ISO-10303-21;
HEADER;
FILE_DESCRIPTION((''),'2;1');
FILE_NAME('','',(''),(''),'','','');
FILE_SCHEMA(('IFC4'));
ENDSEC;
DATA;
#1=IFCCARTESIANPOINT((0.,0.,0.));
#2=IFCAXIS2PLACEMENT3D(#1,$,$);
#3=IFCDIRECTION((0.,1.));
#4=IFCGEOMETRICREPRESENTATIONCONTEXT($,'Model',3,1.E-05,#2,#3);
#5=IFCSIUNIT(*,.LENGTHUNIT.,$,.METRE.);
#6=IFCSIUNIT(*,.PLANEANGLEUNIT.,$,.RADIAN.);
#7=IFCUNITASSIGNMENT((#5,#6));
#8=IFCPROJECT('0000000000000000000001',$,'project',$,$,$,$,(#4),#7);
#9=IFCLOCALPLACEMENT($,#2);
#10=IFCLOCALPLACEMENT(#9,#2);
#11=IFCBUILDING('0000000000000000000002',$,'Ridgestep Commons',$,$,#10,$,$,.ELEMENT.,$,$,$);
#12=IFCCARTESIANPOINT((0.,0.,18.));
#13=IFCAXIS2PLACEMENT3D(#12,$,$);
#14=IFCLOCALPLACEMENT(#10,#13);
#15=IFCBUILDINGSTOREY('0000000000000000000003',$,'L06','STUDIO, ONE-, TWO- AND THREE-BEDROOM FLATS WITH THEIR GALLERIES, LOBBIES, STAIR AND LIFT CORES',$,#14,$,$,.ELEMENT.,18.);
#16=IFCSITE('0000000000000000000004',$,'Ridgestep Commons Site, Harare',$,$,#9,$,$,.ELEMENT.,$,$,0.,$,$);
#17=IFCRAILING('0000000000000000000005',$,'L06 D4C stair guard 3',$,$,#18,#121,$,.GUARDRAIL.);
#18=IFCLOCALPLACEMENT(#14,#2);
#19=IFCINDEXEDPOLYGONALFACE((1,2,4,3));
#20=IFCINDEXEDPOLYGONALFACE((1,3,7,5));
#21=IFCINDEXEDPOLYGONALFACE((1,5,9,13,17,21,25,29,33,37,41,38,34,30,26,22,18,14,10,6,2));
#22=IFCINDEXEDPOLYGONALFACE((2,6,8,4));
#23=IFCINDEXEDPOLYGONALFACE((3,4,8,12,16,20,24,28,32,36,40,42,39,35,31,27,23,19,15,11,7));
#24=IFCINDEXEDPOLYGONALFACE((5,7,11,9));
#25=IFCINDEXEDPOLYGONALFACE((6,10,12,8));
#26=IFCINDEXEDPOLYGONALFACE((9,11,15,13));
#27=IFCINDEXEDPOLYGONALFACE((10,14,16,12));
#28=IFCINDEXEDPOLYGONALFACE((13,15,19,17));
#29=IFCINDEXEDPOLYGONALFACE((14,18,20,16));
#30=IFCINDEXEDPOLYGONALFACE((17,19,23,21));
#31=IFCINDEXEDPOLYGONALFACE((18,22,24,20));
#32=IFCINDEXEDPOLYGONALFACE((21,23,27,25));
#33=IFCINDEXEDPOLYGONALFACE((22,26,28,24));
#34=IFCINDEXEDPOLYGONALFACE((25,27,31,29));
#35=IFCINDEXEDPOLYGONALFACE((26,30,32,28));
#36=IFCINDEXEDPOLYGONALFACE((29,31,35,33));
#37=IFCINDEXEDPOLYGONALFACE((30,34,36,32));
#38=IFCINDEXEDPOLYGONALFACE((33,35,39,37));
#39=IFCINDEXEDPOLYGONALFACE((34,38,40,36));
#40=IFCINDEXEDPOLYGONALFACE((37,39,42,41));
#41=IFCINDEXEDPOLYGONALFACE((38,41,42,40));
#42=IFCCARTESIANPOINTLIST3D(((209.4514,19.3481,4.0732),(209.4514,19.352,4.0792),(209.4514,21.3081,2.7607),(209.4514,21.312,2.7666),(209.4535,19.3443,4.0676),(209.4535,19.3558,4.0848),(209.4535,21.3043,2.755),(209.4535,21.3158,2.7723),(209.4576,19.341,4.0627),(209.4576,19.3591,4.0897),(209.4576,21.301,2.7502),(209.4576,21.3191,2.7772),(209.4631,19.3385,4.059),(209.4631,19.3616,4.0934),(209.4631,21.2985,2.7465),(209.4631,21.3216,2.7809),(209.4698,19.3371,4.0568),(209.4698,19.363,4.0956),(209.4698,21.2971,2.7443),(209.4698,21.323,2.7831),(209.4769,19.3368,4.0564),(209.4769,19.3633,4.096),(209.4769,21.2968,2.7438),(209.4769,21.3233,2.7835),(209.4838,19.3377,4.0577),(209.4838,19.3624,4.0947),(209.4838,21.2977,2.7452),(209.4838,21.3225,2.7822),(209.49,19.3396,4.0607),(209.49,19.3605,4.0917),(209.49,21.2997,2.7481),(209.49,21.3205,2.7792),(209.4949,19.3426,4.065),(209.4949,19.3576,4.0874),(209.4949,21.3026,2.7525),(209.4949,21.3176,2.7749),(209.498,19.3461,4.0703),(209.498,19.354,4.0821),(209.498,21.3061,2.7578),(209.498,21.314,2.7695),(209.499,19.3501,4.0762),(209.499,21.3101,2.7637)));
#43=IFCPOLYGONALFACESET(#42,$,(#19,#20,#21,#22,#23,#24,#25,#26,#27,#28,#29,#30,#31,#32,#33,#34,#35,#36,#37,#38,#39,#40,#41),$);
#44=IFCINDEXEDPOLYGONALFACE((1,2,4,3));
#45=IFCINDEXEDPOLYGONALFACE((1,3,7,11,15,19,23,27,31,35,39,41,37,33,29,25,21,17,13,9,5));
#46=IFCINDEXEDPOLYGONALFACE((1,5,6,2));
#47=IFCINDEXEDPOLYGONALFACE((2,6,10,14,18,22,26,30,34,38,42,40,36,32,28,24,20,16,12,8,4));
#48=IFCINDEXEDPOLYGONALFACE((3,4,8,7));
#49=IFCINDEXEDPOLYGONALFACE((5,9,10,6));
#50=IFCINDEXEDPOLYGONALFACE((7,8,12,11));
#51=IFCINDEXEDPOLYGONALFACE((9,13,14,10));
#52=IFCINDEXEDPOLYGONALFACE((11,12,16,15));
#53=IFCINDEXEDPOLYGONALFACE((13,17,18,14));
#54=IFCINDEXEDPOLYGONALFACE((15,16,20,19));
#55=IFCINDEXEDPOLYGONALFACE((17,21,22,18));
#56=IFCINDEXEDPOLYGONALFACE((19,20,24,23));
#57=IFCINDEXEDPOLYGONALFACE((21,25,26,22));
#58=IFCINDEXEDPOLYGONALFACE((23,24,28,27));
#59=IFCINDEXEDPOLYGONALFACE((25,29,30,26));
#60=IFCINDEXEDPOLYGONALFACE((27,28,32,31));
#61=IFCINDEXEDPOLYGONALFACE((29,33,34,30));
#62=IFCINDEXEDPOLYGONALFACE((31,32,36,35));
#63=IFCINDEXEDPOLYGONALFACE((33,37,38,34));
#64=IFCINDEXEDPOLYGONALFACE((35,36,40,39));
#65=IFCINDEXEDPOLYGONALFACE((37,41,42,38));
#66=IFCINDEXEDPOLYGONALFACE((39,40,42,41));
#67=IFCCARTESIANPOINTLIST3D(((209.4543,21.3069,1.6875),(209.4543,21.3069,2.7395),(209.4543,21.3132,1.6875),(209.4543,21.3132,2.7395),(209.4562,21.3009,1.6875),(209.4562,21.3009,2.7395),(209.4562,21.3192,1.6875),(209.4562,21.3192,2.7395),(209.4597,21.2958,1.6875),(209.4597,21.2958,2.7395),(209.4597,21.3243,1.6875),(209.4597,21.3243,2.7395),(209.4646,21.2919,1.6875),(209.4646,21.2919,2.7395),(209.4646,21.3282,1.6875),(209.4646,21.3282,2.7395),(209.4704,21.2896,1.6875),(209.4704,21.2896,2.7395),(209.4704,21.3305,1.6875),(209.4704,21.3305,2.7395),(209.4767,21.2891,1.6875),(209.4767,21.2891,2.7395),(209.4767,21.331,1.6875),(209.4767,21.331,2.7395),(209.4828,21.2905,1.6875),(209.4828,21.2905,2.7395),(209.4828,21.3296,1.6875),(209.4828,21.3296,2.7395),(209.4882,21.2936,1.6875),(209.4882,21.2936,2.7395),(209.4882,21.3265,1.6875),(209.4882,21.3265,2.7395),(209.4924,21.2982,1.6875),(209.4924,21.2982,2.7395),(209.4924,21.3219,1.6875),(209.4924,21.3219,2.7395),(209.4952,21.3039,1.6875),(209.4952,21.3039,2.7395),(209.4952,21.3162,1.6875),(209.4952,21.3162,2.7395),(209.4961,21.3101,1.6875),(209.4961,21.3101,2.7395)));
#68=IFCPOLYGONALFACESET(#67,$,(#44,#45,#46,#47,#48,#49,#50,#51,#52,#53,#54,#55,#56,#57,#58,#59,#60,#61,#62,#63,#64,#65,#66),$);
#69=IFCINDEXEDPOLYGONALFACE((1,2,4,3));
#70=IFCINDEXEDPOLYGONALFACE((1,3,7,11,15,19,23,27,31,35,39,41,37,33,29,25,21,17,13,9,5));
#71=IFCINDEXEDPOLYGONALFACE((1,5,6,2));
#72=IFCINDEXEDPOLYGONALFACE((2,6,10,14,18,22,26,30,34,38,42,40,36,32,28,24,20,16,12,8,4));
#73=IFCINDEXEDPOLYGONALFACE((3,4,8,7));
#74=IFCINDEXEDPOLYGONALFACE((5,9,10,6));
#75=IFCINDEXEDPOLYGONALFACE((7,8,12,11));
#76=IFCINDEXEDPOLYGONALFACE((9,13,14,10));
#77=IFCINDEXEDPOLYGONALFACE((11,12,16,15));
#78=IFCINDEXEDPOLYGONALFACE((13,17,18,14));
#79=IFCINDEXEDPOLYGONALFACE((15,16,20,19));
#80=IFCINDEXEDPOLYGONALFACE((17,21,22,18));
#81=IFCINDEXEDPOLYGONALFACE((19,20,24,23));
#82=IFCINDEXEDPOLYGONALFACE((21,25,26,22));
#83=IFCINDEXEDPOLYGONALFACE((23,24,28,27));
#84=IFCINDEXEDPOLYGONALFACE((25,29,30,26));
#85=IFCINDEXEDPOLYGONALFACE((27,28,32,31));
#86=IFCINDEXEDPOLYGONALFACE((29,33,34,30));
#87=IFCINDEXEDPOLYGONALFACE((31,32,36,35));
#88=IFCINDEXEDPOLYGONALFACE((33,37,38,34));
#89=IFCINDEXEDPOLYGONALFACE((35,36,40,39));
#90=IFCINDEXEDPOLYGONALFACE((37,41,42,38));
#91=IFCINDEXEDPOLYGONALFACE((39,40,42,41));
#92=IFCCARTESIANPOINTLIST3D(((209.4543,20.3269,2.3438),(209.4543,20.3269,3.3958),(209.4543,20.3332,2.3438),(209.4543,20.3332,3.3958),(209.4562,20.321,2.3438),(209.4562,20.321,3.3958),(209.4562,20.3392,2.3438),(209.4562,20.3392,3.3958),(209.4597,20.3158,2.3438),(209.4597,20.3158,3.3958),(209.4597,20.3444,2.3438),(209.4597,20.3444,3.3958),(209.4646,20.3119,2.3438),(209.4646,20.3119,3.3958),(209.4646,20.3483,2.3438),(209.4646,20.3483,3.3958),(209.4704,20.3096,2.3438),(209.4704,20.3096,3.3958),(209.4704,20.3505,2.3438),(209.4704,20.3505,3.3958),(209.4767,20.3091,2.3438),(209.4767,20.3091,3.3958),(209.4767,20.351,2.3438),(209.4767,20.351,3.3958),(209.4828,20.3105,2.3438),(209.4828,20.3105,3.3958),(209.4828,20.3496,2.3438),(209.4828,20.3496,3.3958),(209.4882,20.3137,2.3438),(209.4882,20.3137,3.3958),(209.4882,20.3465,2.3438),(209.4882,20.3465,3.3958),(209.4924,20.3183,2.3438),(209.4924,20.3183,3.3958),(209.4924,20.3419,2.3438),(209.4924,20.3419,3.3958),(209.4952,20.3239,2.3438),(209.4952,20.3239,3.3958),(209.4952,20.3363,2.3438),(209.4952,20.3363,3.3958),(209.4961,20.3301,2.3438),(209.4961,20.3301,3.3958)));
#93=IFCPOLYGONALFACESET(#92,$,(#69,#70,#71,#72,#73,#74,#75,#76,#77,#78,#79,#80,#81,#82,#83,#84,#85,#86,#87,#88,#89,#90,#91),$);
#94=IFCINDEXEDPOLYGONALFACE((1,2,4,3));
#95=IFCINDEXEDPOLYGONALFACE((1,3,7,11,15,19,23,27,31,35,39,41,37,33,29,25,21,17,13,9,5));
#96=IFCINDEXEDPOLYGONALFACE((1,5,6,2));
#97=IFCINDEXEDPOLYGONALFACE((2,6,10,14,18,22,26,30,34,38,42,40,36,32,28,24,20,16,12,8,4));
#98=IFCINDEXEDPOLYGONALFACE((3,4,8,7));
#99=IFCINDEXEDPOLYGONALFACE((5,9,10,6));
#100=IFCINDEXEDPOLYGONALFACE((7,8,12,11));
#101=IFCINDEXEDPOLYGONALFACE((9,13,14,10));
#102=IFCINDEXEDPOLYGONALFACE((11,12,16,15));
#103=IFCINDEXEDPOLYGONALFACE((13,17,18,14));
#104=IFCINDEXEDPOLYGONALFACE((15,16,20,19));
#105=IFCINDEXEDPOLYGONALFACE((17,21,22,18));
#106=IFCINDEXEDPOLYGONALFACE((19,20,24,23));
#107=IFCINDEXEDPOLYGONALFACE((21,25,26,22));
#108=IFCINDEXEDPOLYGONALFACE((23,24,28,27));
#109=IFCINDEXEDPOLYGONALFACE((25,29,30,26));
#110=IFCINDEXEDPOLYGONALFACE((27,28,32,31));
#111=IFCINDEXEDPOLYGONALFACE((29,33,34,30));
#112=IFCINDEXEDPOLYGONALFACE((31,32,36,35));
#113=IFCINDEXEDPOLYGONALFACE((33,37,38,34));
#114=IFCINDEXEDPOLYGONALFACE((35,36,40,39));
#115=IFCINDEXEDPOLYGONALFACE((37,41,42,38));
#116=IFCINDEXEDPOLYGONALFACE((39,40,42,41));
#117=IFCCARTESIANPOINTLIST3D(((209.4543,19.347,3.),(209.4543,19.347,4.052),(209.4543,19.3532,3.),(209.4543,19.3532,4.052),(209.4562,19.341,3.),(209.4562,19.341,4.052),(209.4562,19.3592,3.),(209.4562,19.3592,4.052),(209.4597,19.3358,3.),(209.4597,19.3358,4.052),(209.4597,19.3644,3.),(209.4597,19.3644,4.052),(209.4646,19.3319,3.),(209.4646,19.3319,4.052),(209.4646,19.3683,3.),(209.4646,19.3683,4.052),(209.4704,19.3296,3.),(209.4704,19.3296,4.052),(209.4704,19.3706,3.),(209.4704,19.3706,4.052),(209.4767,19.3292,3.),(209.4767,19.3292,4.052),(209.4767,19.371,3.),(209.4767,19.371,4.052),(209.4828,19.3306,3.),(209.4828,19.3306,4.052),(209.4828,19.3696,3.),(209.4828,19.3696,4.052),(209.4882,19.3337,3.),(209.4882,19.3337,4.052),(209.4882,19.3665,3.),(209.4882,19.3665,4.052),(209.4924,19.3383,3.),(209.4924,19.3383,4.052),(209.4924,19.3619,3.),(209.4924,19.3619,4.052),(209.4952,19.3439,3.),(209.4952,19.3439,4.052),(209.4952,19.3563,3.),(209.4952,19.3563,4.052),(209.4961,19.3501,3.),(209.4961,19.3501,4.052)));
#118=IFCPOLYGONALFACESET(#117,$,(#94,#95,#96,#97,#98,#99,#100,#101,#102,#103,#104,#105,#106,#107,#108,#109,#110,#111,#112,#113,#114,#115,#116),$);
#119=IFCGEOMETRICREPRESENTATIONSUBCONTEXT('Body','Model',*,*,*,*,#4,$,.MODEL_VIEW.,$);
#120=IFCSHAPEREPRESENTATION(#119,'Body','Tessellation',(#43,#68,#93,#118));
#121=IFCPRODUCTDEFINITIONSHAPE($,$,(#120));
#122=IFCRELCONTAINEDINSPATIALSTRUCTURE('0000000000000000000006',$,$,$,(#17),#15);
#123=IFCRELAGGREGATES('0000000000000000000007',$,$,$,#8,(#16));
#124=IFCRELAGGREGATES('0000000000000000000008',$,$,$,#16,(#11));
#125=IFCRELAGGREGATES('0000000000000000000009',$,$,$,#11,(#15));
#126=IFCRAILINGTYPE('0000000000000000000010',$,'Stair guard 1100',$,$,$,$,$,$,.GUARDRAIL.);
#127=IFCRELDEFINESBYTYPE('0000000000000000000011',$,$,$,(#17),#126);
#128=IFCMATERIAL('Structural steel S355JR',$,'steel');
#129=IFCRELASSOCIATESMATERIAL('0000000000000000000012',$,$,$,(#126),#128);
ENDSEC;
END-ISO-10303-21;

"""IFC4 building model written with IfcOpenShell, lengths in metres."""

from ifc_helpers import new_model, si_unit, direction, frame, origin, origin_2d, place, context, subcontext, project, spatial, circle, extrude, material, type_object, element, save


model = new_model("IFC4")

# Units and contexts
model_context = context("Model", 3, precision=1e-05, world=origin(), true_north=direction((0.0, 1.0)))
body_context = subcontext(model_context, "Body", "Model", "MODEL_VIEW")
ifc_project = project(units=[si_unit("LENGTHUNIT", "METRE"), si_unit("PLANEANGLEUNIT", "RADIAN")], contexts=[model_context])

# Site, building, storey
site_placement = place(None, origin())
site = spatial("IfcSite", under=ifc_project, at=site_placement, Name="Ridgestep Commons Site, Harare", CompositionType="ELEMENT", RefElevation=0.0)
building_placement = place(site_placement, origin())
building = spatial("IfcBuilding", under=site, at=building_placement, Name="Ridgestep Commons", CompositionType="ELEMENT")
storey_placement = place(building_placement, frame((0.0, 0.0, 18.0)))
storey = spatial("IfcBuildingStorey", under=building, at=storey_placement, Name="L06", Description="STUDIO, ONE-, TWO- AND THREE-BEDROOM FLATS WITH THEIR GALLERIES, LOBBIES, STAIR AND LIFT CORES", CompositionType="ELEMENT", Elevation=18.0)

# Railing
ifc_material_1 = material(Name="Structural steel S355JR", Category="steel")
railing_type_1 = type_object("IfcRailingType", Name="Stair guard 1100", PredefinedType="GUARDRAIL", material=ifc_material_1)
railing_1_placement = place(storey_placement, frame((209.4751, 21.3101, 1.6875)))
element("IfcRailing", 1, at=railing_1_placement, inside=storey, type_object=railing_type_1, Name="L06 D4C stair guard 3", PredefinedType="GUARDRAIL", context=body_context, shape_type="SweptSolid", body=[
    extrude(circle(Radius=0.0239, at=origin_2d()), frame((0.0, 0.0, 1.0762), z_axis=(0.0, -0.830902, 0.556419), x_axis=(1.0, 0.0, 0.0)), (0.0, 0.0, 1.0), 2.3589),
    extrude(circle(Radius=0.021, at=origin_2d()), origin(), (0.0, 0.0, 1.0), 1.052),
    extrude(circle(Radius=0.021, at=origin_2d()), frame((0.0, -0.98, 0.6562)), (0.0, 0.0, 1.0), 1.052),
    extrude(circle(Radius=0.021, at=origin_2d()), frame((0.0, -1.96, 1.3125)), (0.0, 0.0, 1.0), 1.052),
])

save(model, "model.ifc")
